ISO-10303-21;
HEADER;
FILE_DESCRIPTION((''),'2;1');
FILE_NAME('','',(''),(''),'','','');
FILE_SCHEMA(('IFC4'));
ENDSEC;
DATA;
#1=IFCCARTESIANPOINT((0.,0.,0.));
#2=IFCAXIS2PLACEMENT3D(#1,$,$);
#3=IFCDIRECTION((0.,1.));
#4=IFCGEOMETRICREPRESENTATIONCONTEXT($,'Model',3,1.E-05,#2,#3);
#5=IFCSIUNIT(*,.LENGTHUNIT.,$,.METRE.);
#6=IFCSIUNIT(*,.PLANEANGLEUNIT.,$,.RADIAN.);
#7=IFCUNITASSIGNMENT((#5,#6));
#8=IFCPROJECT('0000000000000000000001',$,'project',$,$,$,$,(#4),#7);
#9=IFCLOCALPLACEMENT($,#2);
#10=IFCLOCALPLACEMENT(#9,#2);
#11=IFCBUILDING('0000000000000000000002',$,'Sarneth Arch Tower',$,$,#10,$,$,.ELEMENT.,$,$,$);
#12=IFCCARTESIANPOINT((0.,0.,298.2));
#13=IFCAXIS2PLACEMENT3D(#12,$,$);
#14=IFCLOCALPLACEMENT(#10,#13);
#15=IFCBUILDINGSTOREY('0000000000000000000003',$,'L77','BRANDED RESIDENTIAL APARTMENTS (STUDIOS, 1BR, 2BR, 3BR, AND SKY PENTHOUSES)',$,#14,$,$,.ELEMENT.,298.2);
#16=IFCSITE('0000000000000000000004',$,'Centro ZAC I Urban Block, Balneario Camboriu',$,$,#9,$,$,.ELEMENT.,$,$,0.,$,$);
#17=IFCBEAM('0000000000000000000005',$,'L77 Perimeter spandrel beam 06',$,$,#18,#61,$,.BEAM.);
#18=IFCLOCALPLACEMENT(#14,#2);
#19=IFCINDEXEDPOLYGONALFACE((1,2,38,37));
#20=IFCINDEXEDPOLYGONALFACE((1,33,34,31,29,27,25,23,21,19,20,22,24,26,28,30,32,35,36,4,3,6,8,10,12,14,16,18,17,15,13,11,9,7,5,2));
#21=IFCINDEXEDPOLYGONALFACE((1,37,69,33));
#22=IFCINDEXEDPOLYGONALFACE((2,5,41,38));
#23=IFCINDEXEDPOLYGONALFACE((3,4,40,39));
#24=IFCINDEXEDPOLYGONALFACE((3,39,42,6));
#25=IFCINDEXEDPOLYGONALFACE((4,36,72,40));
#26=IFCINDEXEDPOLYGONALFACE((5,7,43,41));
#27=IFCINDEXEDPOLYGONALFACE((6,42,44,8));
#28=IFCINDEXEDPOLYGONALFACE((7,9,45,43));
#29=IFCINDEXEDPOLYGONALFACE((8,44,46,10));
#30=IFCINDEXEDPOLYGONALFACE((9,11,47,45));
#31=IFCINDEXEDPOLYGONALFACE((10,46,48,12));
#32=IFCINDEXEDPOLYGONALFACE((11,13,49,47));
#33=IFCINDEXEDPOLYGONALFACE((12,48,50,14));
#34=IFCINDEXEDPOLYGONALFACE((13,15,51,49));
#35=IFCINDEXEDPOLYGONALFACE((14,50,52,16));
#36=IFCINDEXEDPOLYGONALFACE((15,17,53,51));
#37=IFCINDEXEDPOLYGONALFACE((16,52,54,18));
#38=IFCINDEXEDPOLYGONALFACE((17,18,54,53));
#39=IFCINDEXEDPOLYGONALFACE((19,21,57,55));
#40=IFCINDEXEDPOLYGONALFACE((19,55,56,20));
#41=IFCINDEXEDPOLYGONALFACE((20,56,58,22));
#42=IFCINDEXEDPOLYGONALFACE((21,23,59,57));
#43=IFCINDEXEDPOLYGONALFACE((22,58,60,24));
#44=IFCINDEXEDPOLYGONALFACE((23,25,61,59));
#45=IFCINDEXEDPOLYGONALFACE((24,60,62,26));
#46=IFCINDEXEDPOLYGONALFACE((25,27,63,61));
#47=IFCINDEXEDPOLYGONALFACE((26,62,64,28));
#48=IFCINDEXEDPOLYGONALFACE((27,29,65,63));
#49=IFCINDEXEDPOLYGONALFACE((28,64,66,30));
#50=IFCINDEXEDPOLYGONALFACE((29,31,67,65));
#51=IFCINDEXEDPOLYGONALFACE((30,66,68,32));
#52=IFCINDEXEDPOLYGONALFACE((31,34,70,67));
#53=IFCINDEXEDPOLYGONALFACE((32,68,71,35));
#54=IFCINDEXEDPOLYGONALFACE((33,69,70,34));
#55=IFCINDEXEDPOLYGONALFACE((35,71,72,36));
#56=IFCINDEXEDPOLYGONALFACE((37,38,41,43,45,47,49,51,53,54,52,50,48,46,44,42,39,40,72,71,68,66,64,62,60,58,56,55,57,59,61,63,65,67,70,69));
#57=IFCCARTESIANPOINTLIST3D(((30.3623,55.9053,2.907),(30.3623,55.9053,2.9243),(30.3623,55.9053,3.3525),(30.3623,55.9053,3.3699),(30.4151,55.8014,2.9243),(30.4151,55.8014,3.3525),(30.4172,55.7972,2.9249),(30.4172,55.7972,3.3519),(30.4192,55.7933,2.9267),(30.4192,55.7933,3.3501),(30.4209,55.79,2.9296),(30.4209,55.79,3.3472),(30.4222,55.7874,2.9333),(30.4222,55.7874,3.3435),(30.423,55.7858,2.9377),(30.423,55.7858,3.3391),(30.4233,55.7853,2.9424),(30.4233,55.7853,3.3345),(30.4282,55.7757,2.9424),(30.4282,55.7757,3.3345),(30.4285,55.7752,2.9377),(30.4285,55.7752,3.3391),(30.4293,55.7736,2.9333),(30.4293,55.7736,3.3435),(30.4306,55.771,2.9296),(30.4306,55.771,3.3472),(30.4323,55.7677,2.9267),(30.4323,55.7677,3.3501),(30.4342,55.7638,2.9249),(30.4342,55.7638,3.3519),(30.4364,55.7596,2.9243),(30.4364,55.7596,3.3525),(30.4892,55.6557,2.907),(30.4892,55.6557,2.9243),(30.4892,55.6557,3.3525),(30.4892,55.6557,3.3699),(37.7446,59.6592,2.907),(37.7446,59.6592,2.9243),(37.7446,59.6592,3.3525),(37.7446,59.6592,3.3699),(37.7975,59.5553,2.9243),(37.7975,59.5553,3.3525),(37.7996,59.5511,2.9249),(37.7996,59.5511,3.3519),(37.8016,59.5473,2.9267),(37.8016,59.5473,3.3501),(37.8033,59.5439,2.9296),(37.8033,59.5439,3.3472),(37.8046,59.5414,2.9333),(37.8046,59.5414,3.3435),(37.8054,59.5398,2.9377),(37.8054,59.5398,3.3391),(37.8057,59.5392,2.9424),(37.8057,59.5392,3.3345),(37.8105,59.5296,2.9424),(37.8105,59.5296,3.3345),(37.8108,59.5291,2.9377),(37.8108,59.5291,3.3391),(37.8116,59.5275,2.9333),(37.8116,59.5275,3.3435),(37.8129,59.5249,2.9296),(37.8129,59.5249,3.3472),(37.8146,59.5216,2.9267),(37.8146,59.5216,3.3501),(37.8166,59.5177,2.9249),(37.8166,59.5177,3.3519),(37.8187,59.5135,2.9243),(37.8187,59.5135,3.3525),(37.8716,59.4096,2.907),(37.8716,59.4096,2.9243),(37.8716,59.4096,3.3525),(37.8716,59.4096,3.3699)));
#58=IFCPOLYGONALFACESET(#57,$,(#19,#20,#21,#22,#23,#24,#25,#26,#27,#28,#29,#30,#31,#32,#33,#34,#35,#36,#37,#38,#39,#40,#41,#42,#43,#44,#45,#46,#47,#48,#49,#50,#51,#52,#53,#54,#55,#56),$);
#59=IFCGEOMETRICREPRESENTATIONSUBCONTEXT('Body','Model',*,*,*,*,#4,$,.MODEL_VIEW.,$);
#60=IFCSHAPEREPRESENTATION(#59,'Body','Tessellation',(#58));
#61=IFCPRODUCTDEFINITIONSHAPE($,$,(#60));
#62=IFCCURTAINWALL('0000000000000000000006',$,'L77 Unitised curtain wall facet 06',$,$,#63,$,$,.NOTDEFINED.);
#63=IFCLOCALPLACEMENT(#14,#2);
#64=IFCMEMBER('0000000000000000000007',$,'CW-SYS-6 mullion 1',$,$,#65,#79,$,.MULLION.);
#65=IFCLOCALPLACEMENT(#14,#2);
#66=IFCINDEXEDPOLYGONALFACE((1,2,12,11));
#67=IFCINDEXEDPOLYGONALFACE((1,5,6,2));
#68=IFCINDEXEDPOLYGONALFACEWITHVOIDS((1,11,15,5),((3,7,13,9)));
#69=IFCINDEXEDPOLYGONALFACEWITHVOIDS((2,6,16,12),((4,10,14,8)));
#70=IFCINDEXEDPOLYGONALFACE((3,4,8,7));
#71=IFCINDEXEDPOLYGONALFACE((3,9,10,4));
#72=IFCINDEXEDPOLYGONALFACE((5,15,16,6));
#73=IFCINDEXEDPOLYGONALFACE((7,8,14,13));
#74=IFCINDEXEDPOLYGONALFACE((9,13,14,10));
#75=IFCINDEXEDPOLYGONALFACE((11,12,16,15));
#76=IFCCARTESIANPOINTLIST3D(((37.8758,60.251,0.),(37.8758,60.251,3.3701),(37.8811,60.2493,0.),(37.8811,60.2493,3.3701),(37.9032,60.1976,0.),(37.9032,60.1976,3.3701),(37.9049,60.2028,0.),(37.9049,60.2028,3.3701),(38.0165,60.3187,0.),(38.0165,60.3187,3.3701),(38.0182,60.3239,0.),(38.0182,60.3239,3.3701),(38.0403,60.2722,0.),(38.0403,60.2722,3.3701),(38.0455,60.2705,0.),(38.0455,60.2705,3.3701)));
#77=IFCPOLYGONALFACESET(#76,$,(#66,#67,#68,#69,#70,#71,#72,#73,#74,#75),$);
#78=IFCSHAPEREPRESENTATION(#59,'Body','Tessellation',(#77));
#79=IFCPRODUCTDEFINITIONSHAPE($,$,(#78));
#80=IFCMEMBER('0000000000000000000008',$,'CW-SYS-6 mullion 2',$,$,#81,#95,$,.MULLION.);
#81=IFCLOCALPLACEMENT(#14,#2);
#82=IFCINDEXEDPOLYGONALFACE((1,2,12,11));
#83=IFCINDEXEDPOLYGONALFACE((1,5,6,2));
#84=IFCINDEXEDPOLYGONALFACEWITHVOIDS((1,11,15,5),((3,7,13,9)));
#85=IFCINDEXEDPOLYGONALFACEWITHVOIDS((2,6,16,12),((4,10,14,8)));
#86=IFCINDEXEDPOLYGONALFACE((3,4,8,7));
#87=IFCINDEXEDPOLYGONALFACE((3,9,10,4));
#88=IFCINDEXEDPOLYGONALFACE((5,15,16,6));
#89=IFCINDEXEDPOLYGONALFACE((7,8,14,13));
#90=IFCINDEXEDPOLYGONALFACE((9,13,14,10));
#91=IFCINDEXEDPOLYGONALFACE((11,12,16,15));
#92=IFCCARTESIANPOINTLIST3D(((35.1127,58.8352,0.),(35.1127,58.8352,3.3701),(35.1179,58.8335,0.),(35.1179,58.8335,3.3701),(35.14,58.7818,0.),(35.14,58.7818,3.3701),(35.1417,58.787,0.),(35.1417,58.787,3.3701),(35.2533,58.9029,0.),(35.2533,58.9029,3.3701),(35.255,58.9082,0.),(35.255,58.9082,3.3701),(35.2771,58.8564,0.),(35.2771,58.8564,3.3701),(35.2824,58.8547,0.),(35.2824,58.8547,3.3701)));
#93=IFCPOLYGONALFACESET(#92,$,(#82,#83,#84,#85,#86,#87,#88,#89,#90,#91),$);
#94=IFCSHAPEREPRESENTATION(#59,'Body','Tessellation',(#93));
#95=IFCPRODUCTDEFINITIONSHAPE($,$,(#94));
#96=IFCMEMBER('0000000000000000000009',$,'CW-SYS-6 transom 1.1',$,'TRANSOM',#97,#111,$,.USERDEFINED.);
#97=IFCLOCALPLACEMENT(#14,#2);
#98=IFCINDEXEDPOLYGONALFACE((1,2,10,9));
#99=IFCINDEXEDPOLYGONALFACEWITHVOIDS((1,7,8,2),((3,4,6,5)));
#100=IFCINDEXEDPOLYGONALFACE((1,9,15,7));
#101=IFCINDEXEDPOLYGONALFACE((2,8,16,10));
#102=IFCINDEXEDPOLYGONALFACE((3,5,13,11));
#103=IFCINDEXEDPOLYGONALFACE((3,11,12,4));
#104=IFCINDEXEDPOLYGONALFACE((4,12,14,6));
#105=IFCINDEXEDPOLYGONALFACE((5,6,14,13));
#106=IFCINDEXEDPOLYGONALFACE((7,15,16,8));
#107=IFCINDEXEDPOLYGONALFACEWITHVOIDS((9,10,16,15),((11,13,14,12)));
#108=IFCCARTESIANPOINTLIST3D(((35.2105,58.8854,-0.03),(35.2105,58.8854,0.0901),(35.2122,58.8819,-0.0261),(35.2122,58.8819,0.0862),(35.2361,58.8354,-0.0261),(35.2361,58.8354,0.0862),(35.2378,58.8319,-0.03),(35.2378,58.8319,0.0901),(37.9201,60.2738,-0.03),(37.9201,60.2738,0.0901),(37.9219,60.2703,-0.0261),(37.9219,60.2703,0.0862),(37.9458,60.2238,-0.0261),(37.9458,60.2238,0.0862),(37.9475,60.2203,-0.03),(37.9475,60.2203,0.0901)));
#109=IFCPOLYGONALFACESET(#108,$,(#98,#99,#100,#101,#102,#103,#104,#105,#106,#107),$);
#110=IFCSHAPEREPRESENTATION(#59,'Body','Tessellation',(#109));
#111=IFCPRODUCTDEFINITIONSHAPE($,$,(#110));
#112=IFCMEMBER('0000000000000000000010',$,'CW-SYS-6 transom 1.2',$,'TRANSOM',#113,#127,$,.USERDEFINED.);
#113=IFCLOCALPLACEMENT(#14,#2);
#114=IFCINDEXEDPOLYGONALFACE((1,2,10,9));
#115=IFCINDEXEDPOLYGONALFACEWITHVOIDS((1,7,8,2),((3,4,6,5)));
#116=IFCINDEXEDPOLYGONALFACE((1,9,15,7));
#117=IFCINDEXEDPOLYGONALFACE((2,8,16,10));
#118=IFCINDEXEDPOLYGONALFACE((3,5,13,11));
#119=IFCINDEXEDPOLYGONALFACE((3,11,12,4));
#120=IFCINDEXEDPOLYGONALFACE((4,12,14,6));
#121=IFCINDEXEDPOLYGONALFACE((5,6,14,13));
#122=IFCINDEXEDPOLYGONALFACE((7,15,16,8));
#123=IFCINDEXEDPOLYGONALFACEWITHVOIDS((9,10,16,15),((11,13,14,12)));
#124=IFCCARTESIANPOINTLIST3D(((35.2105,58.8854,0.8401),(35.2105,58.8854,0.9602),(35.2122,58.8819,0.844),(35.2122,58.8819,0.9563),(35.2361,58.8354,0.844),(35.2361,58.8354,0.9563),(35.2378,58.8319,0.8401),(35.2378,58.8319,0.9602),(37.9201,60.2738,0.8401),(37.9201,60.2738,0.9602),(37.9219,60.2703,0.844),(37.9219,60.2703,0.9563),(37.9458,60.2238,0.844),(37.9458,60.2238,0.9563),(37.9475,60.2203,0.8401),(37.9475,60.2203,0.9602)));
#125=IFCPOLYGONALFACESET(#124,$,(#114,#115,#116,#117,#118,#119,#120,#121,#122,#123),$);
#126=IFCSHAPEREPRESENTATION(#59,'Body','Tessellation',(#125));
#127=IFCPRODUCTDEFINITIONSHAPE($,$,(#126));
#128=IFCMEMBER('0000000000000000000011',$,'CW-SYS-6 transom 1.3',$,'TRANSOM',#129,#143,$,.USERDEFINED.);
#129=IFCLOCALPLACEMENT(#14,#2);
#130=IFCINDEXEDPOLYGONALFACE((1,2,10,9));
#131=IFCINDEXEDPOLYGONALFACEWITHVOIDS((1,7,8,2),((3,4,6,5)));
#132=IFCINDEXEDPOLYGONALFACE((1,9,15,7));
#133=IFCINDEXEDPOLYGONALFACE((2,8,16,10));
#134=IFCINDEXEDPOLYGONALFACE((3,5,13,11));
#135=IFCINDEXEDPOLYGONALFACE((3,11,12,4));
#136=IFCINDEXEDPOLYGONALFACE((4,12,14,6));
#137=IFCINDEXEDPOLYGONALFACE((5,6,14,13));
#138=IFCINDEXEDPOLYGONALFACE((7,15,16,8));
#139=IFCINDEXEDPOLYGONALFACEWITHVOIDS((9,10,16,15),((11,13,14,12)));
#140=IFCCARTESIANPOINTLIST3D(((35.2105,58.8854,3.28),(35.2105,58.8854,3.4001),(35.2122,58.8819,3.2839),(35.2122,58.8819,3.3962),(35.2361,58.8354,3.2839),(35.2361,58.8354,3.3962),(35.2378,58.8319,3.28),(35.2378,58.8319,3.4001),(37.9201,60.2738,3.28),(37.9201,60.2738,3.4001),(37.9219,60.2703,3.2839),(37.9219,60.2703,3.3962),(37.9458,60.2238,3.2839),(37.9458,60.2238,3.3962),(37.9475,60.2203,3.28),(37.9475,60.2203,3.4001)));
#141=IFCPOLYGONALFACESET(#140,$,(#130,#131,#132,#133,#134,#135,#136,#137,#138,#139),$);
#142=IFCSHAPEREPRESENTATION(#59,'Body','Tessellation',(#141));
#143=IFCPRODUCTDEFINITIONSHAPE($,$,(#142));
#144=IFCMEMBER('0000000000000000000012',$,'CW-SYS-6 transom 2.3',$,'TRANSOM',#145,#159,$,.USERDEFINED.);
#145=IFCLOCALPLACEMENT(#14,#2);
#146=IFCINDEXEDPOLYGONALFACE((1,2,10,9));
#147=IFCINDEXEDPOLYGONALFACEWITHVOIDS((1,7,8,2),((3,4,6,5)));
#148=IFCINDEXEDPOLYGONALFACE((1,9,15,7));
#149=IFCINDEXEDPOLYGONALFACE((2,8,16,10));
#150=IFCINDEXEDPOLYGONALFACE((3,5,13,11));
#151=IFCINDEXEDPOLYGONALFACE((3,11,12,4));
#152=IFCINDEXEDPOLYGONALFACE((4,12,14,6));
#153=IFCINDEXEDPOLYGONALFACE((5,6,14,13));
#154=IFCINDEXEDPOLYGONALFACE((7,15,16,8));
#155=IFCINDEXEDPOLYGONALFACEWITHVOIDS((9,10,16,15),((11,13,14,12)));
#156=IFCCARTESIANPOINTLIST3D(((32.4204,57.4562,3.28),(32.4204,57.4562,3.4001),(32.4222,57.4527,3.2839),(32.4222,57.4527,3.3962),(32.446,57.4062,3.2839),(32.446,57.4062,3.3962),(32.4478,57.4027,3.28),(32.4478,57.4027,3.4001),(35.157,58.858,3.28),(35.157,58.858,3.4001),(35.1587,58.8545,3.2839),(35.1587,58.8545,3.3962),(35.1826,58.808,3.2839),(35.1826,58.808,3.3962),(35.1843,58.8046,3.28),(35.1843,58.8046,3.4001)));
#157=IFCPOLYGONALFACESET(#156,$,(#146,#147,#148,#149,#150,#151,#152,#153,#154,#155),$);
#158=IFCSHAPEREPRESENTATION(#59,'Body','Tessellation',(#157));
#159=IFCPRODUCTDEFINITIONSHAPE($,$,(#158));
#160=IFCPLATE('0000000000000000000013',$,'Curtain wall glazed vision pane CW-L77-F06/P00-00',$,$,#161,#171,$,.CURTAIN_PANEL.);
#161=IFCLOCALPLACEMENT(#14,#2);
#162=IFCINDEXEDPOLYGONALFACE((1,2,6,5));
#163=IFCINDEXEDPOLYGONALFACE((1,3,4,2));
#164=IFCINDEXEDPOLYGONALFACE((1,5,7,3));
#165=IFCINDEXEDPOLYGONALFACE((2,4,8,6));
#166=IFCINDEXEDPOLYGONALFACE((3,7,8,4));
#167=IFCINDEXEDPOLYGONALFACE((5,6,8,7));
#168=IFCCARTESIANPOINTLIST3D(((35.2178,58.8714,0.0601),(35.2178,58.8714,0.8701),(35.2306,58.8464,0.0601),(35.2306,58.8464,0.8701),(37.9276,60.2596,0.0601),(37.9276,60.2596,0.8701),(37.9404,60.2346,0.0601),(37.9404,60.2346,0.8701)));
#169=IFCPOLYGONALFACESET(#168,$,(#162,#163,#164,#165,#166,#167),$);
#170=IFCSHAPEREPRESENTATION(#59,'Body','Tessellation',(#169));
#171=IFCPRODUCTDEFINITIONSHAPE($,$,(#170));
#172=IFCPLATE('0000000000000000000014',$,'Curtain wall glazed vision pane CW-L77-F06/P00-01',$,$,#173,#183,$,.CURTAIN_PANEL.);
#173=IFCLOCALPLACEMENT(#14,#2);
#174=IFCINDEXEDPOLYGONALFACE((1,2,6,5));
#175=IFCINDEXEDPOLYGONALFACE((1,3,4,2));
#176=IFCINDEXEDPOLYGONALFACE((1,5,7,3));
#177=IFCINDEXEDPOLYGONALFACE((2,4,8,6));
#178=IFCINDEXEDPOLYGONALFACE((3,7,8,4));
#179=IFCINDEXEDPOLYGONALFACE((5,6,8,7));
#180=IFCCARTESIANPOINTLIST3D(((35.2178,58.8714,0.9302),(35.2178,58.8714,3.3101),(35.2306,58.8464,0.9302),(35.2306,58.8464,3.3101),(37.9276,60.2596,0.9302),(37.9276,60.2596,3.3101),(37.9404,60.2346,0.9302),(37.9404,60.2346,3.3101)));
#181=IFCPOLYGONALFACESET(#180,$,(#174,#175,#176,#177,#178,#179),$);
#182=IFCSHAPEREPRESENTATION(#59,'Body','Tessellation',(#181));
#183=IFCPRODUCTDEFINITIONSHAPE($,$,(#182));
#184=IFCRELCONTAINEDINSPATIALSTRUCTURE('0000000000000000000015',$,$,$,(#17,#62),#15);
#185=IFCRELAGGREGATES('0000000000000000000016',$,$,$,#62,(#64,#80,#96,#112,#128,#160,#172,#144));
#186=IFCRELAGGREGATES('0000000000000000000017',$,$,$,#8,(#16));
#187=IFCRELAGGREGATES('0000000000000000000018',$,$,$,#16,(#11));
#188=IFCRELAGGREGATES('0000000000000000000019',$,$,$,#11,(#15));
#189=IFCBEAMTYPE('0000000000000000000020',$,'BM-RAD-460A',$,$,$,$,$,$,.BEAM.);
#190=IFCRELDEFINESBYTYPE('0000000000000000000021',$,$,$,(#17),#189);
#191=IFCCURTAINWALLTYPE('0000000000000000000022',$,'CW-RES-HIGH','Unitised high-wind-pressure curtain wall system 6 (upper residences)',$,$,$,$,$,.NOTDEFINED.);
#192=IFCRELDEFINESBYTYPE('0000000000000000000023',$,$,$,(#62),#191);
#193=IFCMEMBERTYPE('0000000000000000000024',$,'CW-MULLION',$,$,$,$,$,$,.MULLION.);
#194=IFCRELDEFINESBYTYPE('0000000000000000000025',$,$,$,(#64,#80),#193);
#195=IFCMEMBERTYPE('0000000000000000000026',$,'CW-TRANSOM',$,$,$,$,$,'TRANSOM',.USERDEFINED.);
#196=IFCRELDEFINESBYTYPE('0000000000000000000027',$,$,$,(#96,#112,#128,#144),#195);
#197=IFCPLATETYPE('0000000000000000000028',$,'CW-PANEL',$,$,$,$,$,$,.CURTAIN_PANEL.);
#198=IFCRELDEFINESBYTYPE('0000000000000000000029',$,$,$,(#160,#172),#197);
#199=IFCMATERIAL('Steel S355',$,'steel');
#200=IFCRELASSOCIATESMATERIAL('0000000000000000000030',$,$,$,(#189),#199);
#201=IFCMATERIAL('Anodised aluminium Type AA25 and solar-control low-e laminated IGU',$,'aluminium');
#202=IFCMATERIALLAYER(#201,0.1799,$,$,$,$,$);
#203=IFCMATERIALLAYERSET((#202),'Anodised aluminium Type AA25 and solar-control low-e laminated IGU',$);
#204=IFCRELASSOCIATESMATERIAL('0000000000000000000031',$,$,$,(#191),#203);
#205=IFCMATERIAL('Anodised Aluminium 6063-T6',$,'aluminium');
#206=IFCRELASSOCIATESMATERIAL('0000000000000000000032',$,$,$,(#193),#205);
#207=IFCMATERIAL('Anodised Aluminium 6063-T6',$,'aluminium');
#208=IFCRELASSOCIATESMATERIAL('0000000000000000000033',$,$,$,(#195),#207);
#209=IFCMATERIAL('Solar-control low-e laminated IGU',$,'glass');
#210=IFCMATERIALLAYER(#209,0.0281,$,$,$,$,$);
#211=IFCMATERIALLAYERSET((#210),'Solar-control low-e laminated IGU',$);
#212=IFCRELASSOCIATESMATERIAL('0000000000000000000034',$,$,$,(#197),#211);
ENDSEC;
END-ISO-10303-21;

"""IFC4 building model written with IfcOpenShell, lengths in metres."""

from ifc_helpers import new_model, si_unit, direction, frame, origin, origin_2d, place, context, subcontext, project, spatial, rectangle, hollow_rectangle, i_section, extrude, material, layer, layer_set, material_profile, profile_set, type_object, element, aggregate, save


model = new_model("IFC4")

# Units and contexts
model_context = context("Model", 3, precision=1e-05, world=origin(), true_north=direction((0.0, 1.0)))
body_context = subcontext(model_context, "Body", "Model", "MODEL_VIEW")
ifc_project = project(units=[si_unit("LENGTHUNIT", "METRE"), si_unit("PLANEANGLEUNIT", "RADIAN")], contexts=[model_context])

# Site, building, storey
site_placement = place(None, origin())
site = spatial("IfcSite", under=ifc_project, at=site_placement, Name="Centro ZAC I Urban Block, Balneario Camboriu", CompositionType="ELEMENT", RefElevation=0.0)
building_placement = place(site_placement, origin())
building = spatial("IfcBuilding", under=site, at=building_placement, Name="Sarneth Arch Tower", CompositionType="ELEMENT")
storey_placement = place(building_placement, frame((0.0, 0.0, 298.2)))
storey = spatial("IfcBuildingStorey", under=building, at=storey_placement, Name="L77", Description="BRANDED RESIDENTIAL APARTMENTS (STUDIOS, 1BR, 2BR, 3BR, AND SKY PENTHOUSES)", CompositionType="ELEMENT", Elevation=298.2)

# Beam
ifc_material_1 = material(Name="Steel S355", Category="steel")
ifc_material_profile_1 = material_profile(ifc_material_1, i_section(OverallWidth=0.28, OverallDepth=0.4629, WebThickness=0.0107, FlangeThickness=0.0173, FilletRadius=0.0181, at=origin_2d()), Name="W460x113")
ifc_profile_set_1 = profile_set([ifc_material_profile_1], Name="Steel S355")
beam_type_1 = type_object("IfcBeamType", Name="BM-RAD-460A", PredefinedType="BEAM", material=ifc_profile_set_1)
beam_1_placement = place(storey_placement, frame((37.8081, 59.5344, 3.1384), z_axis=(-0.891376, -0.453264, 0.0), x_axis=(0.453264, -0.891376, 0.0)))
element("IfcBeam", 1, at=beam_1_placement, inside=storey, type_object=beam_type_1, Name="L77 Perimeter spandrel beam 06", PredefinedType="BEAM", context=body_context, shape_type="SweptSolid", body=[
    extrude(i_section(OverallWidth=0.28, OverallDepth=0.4629, WebThickness=0.0107, FlangeThickness=0.0173, FilletRadius=0.0181, at=origin_2d()), origin(), (0.0, 0.0, 1.0), 8.282),
])

# Curtain wall, members, plates
ifc_material_2 = material(Name="Anodised aluminium Type AA25 and solar-control low-e laminated IGU", Category="aluminium")
ifc_layer_1 = layer(ifc_material_2, 0.1799)
ifc_layer_set_1 = layer_set([ifc_layer_1], Name="Anodised aluminium Type AA25 and solar-control low-e laminated IGU")
curtain_wall_type = type_object("IfcCurtainWallType", Name="CW-RES-HIGH", Description="Unitised high-wind-pressure curtain wall system 6 (upper residences)", PredefinedType="NOTDEFINED", material=ifc_layer_set_1)
curtain_wall_placement = place(storey_placement, origin())
curtain_wall = element("IfcCurtainWall", 2, at=curtain_wall_placement, inside=storey, type_object=curtain_wall_type, Name="L77 Unitised curtain wall facet 06", PredefinedType="NOTDEFINED")
ifc_material_3 = material(Name="Anodised Aluminium 6063-T6", Category="aluminium")
ifc_material_profile_2 = material_profile(ifc_material_3, hollow_rectangle(XDim=0.0601, YDim=0.1599, WallThickness=0.0039, at=origin_2d()), Name="AL-MULL-160x60x4")
ifc_profile_set_2 = profile_set([ifc_material_profile_2], Name="Anodised Aluminium 6063-T6")
member_type_1 = type_object("IfcMemberType", Name="CW-MULLION", PredefinedType="MULLION", material=ifc_profile_set_2)
member_1_placement = place(storey_placement, frame((37.9607, 60.2607, 0.0), z_axis=(0.0, 0.0, 1.0), x_axis=(0.455942, -0.89001, 0.0)))
member_1 = element("IfcMember", 3, at=member_1_placement, type_object=member_type_1, Name="CW-SYS-6 mullion 1", PredefinedType="MULLION", context=body_context, shape_type="SweptSolid", body=[
    extrude(hollow_rectangle(XDim=0.0601, YDim=0.1599, WallThickness=0.0039, at=origin_2d()), origin(), (0.0, 0.0, 1.0), 3.3701),
])
member_2_placement = place(storey_placement, frame((35.1975, 58.845, 0.0), z_axis=(0.0, 0.0, 1.0), x_axis=(0.455942, -0.89001, 0.0)))
member_2 = element("IfcMember", 4, at=member_2_placement, type_object=member_type_1, Name="CW-SYS-6 mullion 2", PredefinedType="MULLION", context=body_context, shape_type="SweptSolid", body=[
    extrude(hollow_rectangle(XDim=0.0601, YDim=0.1599, WallThickness=0.0039, at=origin_2d()), origin(), (0.0, 0.0, 1.0), 3.3701),
])
ifc_material_4 = material(Name="Anodised Aluminium 6063-T6", Category="aluminium")
ifc_material_profile_3 = material_profile(ifc_material_4, hollow_rectangle(XDim=0.0601, YDim=0.1201, WallThickness=0.0039, at=origin_2d()), Name="AL-TRAN-120x60x4")
ifc_profile_set_3 = profile_set([ifc_material_profile_3], Name="Anodised Aluminium 6063-T6")
member_type_2 = type_object("IfcMemberType", Name="CW-TRANSOM", ElementType="TRANSOM", PredefinedType="USERDEFINED", material=ifc_profile_set_3)
member_3_placement = place(storey_placement, frame((37.9338, 60.2471, 0.03), z_axis=(-0.889974, -0.456012, 0.0), x_axis=(0.456012, -0.889974, 0.0)))
member_3 = element("IfcMember", 5, at=member_3_placement, type_object=member_type_2, Name="CW-SYS-6 transom 1.1", ObjectType="TRANSOM", PredefinedType="USERDEFINED", context=body_context, shape_type="SweptSolid", body=[
    extrude(hollow_rectangle(XDim=0.0601, YDim=0.1201, WallThickness=0.0039, at=origin_2d()), origin(), (0.0, 0.0, 1.0), 3.0447),
])
member_4_placement = place(storey_placement, frame((37.9338, 60.2471, 0.9001), z_axis=(-0.889974, -0.456012, 0.0), x_axis=(0.456012, -0.889974, 0.0)))
member_4 = element("IfcMember", 6, at=member_4_placement, type_object=member_type_2, Name="CW-SYS-6 transom 1.2", ObjectType="TRANSOM", PredefinedType="USERDEFINED", context=body_context, shape_type="SweptSolid", body=[
    extrude(hollow_rectangle(XDim=0.0601, YDim=0.1201, WallThickness=0.0039, at=origin_2d()), origin(), (0.0, 0.0, 1.0), 3.0447),
])
member_5_placement = place(storey_placement, frame((37.9338, 60.2471, 3.3401), z_axis=(-0.889974, -0.456012, 0.0), x_axis=(0.456012, -0.889974, 0.0)))
member_5 = element("IfcMember", 7, at=member_5_placement, type_object=member_type_2, Name="CW-SYS-6 transom 1.3", ObjectType="TRANSOM", PredefinedType="USERDEFINED", context=body_context, shape_type="SweptSolid", body=[
    extrude(hollow_rectangle(XDim=0.0601, YDim=0.1201, WallThickness=0.0039, at=origin_2d()), origin(), (0.0, 0.0, 1.0), 3.0447),
])
member_6_placement = place(storey_placement, frame((35.1707, 58.8313, 3.3401), z_axis=(-0.890017, -0.455926, 0.0), x_axis=(0.455926, -0.890017, 0.0)))
member_6 = element("IfcMember", 8, at=member_6_placement, type_object=member_type_2, Name="CW-SYS-6 transom 2.3", ObjectType="TRANSOM", PredefinedType="USERDEFINED", context=body_context, shape_type="SweptSolid", body=[
    extrude(hollow_rectangle(XDim=0.0601, YDim=0.1201, WallThickness=0.0039, at=origin_2d()), origin(), (0.0, 0.0, 1.0), 3.0747),
])
ifc_material_5 = material(Name="Solar-control low-e laminated IGU", Category="glass")
ifc_layer_2 = layer(ifc_material_5, 0.0281)
ifc_layer_set_2 = layer_set([ifc_layer_2], Name="Solar-control low-e laminated IGU")
plate_type = type_object("IfcPlateType", Name="CW-PANEL", PredefinedType="CURTAIN_PANEL", material=ifc_layer_set_2)
plate_1_placement = place(storey_placement, frame((36.5791, 59.553, 0.0601), z_axis=(0.0, 0.0, 1.0), x_axis=(-0.89001, -0.455942, 0.0)))
plate_1 = element("IfcPlate", 9, at=plate_1_placement, type_object=plate_type, Name="Curtain wall glazed vision pane CW-L77-F06/P00-00", PredefinedType="CURTAIN_PANEL", context=body_context, shape_type="SweptSolid", body=[
    extrude(rectangle(XDim=3.0447, YDim=0.0281, at=origin_2d()), origin(), (0.0, 0.0, 1.0), 0.8101),
])
plate_2_placement = place(storey_placement, frame((36.5791, 59.553, 0.9302), z_axis=(0.0, 0.0, 1.0), x_axis=(-0.89001, -0.455942, 0.0)))
plate_2 = element("IfcPlate", 10, at=plate_2_placement, type_object=plate_type, Name="Curtain wall glazed vision pane CW-L77-F06/P00-01", PredefinedType="CURTAIN_PANEL", context=body_context, shape_type="SweptSolid", body=[
    extrude(rectangle(XDim=3.0447, YDim=0.0281, at=origin_2d()), origin(), (0.0, 0.0, 1.0), 2.3799),
])
aggregate(curtain_wall, [member_1, member_2, member_3, member_4, member_5, plate_1, plate_2, member_6])

save(model, "model.ifc")
